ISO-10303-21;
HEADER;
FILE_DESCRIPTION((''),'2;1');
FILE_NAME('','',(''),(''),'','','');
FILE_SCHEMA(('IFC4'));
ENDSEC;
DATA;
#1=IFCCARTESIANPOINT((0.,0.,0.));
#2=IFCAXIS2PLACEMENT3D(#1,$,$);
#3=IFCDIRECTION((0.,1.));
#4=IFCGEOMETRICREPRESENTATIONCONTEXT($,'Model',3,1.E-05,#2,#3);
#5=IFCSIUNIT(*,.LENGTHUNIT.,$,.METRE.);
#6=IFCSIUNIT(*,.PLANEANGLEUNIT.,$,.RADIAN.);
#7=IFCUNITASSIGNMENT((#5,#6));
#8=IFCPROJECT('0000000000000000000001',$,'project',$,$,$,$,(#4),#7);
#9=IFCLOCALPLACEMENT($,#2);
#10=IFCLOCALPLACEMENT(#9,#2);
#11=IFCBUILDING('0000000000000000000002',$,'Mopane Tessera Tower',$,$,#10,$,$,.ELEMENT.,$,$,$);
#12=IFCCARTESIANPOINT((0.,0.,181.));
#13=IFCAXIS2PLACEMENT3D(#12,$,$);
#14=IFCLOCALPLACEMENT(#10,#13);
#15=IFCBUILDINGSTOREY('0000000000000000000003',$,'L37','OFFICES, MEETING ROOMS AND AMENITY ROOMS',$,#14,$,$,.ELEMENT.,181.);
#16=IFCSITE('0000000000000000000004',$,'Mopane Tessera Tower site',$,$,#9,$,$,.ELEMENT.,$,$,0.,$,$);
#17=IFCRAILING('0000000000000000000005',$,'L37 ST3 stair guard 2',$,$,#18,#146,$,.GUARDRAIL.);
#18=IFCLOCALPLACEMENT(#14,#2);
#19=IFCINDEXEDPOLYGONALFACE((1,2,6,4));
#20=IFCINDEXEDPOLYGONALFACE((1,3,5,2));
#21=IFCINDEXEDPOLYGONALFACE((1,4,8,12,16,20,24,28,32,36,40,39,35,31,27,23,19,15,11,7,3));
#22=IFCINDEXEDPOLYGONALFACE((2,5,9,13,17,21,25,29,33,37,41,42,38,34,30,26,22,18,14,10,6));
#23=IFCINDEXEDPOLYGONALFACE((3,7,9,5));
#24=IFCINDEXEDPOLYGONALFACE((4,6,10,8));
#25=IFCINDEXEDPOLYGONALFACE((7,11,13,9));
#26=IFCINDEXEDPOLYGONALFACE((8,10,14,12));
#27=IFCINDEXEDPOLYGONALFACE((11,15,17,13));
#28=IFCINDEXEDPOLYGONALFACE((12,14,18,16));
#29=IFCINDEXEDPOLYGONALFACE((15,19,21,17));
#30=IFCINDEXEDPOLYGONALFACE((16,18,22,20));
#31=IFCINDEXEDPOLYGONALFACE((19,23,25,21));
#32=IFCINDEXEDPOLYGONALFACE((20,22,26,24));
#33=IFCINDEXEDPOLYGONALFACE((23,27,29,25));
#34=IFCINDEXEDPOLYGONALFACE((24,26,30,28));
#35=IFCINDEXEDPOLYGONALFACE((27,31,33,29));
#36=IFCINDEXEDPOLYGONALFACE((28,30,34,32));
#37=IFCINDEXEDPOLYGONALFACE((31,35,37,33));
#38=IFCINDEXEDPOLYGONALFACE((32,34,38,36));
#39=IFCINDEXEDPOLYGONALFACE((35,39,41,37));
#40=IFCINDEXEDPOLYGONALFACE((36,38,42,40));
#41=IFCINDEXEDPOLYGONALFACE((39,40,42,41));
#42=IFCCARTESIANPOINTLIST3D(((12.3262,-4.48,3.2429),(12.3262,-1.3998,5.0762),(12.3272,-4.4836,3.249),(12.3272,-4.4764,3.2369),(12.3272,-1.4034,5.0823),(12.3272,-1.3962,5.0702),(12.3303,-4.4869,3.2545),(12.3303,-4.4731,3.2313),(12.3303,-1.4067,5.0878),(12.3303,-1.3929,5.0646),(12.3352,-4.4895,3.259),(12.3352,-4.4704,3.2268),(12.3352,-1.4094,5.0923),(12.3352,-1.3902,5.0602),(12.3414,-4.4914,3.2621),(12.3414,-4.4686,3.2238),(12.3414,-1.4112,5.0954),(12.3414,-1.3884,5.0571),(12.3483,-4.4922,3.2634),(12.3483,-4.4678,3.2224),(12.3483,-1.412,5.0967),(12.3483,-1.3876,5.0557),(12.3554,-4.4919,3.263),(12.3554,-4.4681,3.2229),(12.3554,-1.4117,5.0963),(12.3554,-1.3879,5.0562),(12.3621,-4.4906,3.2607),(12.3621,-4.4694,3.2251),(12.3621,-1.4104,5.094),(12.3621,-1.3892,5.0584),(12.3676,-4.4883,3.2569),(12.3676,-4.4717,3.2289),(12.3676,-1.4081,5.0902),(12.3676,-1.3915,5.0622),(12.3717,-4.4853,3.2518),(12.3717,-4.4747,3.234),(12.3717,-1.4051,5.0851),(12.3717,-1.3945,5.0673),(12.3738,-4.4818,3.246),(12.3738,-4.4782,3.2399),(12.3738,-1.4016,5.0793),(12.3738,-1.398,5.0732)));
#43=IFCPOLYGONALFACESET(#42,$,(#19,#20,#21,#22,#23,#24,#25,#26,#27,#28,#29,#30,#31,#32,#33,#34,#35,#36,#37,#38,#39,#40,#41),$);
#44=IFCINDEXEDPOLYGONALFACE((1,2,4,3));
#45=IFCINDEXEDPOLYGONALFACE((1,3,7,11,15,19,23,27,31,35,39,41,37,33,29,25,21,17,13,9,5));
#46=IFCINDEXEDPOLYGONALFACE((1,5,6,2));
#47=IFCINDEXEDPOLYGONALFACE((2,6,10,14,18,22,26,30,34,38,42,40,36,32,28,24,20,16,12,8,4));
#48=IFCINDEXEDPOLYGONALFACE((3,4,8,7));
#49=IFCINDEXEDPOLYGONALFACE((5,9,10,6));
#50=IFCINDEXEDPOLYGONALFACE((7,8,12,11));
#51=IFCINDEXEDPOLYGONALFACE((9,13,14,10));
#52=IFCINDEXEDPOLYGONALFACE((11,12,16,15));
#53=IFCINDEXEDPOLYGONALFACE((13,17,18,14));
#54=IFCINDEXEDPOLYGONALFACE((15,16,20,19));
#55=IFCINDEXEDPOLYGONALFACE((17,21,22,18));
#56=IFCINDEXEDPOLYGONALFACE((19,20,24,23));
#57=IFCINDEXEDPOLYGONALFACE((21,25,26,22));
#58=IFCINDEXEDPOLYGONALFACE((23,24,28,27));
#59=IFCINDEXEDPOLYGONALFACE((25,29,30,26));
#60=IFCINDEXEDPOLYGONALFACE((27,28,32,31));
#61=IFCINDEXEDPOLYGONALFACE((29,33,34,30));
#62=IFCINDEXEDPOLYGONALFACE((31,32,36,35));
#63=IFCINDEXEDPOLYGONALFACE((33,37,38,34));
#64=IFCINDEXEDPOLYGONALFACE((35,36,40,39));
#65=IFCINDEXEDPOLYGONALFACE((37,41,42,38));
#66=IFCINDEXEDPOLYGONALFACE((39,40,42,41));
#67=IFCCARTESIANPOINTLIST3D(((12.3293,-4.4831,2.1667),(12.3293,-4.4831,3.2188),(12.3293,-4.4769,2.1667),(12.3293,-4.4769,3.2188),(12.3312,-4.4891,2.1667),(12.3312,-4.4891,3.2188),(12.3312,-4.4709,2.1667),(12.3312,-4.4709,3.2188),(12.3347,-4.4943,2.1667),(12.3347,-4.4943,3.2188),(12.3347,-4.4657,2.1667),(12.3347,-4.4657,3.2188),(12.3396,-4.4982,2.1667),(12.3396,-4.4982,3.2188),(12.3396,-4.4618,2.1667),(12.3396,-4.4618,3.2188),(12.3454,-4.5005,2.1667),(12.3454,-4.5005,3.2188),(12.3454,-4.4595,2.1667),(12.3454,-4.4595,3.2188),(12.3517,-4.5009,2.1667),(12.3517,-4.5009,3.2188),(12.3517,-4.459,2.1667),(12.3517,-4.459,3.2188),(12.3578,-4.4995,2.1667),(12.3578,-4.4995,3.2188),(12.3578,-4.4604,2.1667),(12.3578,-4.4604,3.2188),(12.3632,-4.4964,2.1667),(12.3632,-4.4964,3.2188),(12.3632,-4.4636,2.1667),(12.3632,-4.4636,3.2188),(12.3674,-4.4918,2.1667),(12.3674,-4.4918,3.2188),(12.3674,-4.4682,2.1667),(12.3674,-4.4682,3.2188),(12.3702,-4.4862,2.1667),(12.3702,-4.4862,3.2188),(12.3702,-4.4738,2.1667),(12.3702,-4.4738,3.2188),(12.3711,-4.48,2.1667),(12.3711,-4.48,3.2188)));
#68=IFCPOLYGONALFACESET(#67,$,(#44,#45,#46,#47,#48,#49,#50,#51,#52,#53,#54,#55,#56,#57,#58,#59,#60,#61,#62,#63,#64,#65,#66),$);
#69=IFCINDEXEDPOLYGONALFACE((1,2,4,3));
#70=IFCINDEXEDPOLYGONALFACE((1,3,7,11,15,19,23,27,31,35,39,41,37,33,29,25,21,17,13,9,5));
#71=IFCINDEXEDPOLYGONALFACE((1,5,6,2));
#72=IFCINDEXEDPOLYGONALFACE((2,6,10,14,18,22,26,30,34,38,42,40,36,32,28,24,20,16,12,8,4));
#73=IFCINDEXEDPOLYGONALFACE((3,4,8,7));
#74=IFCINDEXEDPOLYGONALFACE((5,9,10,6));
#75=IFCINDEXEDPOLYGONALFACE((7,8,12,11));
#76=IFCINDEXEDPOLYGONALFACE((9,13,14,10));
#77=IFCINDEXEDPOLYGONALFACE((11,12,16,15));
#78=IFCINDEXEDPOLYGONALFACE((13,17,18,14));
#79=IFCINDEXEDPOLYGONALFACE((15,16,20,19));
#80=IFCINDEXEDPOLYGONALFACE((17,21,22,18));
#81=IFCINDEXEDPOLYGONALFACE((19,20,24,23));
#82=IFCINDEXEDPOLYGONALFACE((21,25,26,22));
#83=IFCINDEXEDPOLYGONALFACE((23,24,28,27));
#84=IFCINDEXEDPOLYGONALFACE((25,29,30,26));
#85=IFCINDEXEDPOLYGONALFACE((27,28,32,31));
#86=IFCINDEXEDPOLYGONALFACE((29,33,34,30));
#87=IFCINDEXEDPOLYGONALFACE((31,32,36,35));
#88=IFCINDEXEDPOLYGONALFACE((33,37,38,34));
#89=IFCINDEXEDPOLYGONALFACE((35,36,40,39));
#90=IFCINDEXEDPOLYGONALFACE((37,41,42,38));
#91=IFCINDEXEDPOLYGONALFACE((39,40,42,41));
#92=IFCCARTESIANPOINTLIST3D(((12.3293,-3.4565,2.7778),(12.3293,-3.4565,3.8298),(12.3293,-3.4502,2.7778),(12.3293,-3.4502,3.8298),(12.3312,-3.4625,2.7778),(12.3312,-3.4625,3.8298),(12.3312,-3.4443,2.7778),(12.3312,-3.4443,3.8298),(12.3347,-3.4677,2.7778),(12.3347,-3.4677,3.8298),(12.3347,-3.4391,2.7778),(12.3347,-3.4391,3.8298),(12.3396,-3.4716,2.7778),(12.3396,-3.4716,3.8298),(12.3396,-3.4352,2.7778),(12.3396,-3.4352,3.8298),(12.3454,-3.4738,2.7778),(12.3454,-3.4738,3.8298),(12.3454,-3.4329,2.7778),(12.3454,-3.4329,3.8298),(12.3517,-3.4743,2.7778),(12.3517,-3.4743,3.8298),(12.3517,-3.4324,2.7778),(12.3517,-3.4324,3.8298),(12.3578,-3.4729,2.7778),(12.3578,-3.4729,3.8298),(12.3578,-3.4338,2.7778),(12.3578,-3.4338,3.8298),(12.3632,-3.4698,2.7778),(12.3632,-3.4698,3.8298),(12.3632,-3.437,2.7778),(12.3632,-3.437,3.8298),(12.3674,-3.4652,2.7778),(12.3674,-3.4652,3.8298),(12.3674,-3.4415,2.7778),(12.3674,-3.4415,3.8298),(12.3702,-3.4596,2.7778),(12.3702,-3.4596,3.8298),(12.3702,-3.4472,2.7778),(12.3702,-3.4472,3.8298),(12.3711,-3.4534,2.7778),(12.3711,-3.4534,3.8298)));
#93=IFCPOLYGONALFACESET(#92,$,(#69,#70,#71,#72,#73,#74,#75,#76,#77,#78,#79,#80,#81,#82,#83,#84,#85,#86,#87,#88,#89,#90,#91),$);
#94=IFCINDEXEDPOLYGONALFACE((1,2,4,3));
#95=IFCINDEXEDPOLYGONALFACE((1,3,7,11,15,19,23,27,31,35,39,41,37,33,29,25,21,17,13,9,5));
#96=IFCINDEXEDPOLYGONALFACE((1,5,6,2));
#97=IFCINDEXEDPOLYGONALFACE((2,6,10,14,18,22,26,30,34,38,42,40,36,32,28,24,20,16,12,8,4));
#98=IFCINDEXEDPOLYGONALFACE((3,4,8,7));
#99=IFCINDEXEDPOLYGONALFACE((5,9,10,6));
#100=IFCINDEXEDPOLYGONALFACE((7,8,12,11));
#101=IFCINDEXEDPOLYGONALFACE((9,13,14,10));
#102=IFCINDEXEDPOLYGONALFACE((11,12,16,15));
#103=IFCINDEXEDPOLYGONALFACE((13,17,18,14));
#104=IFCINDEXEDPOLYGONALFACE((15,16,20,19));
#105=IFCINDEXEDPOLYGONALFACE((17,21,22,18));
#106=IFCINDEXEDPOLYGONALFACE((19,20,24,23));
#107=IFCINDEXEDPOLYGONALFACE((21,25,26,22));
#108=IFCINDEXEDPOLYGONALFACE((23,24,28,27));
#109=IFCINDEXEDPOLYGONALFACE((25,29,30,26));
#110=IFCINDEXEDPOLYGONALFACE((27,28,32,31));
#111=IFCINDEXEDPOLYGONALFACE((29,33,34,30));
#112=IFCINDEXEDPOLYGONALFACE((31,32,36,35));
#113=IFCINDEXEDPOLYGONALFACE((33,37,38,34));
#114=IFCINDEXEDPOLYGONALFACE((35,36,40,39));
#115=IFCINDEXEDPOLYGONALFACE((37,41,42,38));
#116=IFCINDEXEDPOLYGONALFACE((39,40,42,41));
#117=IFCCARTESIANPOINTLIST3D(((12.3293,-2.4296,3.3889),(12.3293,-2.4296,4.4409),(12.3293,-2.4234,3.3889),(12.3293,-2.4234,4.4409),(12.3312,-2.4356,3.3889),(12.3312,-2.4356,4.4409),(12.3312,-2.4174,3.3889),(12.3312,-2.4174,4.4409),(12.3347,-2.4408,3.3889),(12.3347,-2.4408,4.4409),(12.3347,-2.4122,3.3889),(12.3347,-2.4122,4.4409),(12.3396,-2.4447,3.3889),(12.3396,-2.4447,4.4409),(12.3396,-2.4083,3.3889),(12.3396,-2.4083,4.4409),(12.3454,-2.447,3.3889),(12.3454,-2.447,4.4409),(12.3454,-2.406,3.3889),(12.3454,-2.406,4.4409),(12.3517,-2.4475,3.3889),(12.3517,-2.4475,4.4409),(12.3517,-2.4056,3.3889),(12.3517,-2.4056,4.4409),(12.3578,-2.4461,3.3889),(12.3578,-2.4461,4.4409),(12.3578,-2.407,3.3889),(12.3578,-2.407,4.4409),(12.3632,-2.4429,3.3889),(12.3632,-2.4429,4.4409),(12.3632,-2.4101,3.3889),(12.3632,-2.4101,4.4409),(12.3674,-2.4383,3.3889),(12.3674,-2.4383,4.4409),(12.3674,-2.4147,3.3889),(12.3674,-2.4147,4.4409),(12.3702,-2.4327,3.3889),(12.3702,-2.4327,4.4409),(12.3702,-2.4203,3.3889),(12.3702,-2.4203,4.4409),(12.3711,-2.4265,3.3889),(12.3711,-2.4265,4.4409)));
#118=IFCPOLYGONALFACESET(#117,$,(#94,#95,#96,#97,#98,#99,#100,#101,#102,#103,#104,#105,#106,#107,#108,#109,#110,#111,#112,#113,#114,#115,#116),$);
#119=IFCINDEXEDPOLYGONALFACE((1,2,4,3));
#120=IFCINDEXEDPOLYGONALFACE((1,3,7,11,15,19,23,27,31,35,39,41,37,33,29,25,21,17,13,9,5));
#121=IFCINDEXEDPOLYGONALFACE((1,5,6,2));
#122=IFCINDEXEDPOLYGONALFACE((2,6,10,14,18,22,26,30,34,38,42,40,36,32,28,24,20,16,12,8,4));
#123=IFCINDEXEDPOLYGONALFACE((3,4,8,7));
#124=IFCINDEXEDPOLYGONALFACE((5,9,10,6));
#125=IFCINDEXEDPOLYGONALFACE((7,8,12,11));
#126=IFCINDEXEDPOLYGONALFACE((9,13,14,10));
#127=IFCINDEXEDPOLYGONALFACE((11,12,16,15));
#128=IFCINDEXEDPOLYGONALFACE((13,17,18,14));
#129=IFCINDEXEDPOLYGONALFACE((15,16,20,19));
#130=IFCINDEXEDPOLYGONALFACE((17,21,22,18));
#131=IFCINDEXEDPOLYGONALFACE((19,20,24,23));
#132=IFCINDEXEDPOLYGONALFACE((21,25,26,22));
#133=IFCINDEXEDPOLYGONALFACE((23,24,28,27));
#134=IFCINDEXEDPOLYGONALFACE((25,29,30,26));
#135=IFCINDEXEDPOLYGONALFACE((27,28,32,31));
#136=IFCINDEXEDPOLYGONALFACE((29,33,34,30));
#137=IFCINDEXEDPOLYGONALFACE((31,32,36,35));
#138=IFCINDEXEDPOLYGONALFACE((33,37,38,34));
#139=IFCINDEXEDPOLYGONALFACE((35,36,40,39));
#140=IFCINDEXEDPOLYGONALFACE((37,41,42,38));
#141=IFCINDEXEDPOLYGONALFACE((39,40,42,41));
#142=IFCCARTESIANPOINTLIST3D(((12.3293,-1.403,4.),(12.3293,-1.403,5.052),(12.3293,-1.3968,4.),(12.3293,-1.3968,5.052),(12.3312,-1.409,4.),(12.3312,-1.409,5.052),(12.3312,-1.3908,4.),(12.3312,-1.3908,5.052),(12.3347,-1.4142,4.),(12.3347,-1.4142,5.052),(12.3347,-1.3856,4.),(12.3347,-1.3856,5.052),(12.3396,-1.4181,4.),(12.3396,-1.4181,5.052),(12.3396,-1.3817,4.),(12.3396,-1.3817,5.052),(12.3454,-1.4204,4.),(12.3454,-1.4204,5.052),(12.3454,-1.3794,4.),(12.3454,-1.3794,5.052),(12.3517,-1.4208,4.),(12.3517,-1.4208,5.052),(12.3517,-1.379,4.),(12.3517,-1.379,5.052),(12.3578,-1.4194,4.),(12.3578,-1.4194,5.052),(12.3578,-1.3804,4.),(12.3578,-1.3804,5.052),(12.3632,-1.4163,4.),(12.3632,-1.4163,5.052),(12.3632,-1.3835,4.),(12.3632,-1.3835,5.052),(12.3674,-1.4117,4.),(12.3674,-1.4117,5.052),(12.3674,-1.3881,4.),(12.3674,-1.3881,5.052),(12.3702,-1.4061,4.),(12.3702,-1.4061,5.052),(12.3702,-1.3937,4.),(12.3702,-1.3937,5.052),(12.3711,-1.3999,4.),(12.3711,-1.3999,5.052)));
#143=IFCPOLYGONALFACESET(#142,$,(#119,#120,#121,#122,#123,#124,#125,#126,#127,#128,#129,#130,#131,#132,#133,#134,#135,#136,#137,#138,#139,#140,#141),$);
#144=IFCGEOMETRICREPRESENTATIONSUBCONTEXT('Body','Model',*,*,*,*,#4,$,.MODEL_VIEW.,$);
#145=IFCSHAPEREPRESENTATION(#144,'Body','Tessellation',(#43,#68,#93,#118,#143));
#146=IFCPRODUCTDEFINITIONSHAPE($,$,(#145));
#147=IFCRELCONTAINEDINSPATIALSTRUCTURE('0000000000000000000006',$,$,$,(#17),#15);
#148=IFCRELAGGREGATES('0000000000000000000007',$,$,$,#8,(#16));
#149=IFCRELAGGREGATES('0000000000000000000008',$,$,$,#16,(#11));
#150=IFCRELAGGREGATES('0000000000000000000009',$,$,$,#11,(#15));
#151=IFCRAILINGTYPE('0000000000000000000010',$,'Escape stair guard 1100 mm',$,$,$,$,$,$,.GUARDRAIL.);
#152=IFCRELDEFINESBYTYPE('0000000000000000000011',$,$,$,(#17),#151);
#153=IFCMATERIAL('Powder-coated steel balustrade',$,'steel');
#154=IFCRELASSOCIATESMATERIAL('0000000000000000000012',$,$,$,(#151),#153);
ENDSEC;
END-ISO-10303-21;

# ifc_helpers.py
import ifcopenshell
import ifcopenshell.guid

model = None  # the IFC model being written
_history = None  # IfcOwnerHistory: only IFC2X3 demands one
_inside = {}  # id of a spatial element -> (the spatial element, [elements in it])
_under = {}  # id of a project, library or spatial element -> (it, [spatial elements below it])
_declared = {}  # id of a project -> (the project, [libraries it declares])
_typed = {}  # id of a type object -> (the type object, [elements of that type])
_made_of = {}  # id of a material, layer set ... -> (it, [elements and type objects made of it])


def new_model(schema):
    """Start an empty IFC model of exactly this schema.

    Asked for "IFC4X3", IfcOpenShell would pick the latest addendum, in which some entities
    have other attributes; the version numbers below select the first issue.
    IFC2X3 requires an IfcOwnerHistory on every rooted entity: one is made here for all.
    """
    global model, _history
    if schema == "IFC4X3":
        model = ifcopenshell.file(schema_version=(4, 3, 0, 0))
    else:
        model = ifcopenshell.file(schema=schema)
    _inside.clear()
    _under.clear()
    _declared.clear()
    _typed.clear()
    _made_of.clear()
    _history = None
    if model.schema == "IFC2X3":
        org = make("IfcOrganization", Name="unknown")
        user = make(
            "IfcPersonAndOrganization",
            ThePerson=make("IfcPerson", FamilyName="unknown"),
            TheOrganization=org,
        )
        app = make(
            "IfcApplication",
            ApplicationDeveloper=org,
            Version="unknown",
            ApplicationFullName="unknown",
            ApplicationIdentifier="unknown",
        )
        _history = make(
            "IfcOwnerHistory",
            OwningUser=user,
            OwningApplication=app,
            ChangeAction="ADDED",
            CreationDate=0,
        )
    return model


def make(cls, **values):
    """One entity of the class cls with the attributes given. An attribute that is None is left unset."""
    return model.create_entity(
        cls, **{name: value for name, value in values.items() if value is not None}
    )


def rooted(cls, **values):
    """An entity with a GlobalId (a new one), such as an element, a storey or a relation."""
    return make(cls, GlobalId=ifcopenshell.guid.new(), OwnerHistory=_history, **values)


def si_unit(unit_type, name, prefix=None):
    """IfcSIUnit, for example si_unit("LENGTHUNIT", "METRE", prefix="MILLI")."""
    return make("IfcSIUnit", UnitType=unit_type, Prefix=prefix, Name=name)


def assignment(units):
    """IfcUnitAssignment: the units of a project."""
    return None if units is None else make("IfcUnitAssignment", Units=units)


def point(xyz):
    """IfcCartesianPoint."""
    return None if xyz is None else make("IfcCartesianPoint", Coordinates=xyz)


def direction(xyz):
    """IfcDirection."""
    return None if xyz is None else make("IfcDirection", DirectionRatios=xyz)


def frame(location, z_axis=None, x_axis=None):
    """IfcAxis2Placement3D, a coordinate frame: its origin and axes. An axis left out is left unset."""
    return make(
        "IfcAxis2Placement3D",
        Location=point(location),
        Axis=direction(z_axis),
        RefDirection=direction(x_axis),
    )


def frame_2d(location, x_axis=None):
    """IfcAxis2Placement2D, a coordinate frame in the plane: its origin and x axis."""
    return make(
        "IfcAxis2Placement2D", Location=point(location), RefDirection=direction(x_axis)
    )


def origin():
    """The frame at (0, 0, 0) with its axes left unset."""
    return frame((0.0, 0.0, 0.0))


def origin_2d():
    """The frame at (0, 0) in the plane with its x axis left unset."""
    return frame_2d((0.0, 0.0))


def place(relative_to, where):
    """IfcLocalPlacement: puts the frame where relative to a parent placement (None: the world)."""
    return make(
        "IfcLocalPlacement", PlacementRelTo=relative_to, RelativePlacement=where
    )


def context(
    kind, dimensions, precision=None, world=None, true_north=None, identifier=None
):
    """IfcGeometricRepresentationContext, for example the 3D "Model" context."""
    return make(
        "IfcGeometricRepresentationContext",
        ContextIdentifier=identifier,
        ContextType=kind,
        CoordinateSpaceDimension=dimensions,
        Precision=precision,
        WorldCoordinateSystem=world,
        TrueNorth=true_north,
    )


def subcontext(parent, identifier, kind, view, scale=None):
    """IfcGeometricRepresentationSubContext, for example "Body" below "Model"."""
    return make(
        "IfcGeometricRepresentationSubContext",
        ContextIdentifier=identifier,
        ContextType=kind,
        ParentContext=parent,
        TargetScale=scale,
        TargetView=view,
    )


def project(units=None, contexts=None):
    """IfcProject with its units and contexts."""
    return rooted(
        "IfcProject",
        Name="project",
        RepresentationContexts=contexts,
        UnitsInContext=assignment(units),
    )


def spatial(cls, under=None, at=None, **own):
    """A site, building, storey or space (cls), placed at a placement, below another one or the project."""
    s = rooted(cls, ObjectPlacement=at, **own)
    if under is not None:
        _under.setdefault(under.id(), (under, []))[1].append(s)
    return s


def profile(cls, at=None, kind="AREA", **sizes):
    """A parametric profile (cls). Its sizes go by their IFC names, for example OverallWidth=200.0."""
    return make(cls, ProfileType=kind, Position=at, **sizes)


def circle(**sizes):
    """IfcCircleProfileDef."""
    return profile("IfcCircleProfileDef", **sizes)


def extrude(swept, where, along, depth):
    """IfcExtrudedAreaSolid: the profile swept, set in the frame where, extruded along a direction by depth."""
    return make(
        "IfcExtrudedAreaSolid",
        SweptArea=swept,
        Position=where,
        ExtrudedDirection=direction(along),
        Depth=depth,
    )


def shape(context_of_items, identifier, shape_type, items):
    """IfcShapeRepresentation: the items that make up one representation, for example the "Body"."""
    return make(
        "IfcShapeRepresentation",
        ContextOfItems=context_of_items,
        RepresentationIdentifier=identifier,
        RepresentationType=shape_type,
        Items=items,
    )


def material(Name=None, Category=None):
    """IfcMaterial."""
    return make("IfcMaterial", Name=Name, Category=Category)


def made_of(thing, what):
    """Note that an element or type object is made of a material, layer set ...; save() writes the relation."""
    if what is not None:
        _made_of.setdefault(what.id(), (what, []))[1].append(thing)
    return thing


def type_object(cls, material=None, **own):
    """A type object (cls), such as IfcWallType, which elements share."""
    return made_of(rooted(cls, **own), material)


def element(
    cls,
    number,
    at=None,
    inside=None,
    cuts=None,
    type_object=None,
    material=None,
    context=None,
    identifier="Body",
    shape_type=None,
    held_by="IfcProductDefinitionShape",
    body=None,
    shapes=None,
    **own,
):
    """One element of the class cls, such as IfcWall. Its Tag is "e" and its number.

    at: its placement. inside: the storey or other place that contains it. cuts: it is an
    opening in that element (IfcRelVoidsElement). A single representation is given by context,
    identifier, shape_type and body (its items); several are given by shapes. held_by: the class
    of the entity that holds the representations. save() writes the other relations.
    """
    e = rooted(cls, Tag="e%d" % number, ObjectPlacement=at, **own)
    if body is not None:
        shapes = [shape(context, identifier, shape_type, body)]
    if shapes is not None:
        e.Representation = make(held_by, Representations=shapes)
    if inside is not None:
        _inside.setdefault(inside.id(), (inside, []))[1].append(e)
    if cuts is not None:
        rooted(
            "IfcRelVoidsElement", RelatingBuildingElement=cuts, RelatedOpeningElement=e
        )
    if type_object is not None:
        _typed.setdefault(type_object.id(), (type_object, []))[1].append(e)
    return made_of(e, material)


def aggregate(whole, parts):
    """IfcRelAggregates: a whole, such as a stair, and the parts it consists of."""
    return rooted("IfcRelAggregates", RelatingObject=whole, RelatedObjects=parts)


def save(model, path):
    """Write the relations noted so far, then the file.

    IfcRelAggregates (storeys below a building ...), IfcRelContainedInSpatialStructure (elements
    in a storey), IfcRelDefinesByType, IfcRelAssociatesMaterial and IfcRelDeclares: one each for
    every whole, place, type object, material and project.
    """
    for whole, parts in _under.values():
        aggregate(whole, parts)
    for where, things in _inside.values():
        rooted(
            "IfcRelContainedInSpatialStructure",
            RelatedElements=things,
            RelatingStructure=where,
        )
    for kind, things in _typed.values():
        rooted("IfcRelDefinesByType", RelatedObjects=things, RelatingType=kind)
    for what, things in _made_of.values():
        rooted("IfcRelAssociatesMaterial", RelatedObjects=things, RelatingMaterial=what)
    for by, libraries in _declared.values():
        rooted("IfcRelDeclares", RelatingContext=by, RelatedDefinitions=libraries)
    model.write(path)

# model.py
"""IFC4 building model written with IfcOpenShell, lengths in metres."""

from ifc_helpers import new_model, si_unit, direction, frame, origin, origin_2d, place, context, subcontext, project, spatial, circle, extrude, material, type_object, element, save


model = new_model("IFC4")

# Units and contexts
model_context = context("Model", 3, precision=1e-05, world=origin(), true_north=direction((0.0, 1.0)))
body_context = subcontext(model_context, "Body", "Model", "MODEL_VIEW")
ifc_project = project(units=[si_unit("LENGTHUNIT", "METRE"), si_unit("PLANEANGLEUNIT", "RADIAN")], contexts=[model_context])

# Site, building, storey
site_placement = place(None, origin())
site = spatial("IfcSite", under=ifc_project, at=site_placement, Name="Mopane Tessera Tower site", CompositionType="ELEMENT", RefElevation=0.0)
building_placement = place(site_placement, origin())
building = spatial("IfcBuilding", under=site, at=building_placement, Name="Mopane Tessera Tower", CompositionType="ELEMENT")
storey_placement = place(building_placement, frame((0.0, 0.0, 181.0)))
storey = spatial("IfcBuildingStorey", under=building, at=storey_placement, Name="L37", Description="OFFICES, MEETING ROOMS AND AMENITY ROOMS", CompositionType="ELEMENT", Elevation=181.0)

# Railing
ifc_material_1 = material(Name="Powder-coated steel balustrade", Category="steel")
railing_type_1 = type_object("IfcRailingType", Name="Escape stair guard 1100 mm", PredefinedType="GUARDRAIL", material=ifc_material_1)
railing_1_placement = place(storey_placement, frame((12.3501, -4.48, 2.1667)))
element("IfcRailing", 1, at=railing_1_placement, inside=storey, type_object=railing_type_1, Name="L37 ST3 stair guard 2", PredefinedType="GUARDRAIL", context=body_context, shape_type="SweptSolid", body=[
    extrude(circle(Radius=0.0239, at=origin_2d()), frame((0.0, 0.0, 1.0762), z_axis=(0.0, 0.859309, 0.511458), x_axis=(-1.0, 0.0, 0.0)), (0.0, 0.0, 1.0), 3.5845),
    extrude(circle(Radius=0.021, at=origin_2d()), origin(), (0.0, 0.0, 1.0), 1.052),
    extrude(circle(Radius=0.021, at=origin_2d()), frame((0.0, 1.0266, 0.6111)), (0.0, 0.0, 1.0), 1.052),
    extrude(circle(Radius=0.021, at=origin_2d()), frame((0.0, 2.0535, 1.2222)), (0.0, 0.0, 1.0), 1.052),
    extrude(circle(Radius=0.021, at=origin_2d()), frame((0.0, 3.0801, 1.8333)), (0.0, 0.0, 1.0), 1.052),
])

save(model, "model.ifc")
